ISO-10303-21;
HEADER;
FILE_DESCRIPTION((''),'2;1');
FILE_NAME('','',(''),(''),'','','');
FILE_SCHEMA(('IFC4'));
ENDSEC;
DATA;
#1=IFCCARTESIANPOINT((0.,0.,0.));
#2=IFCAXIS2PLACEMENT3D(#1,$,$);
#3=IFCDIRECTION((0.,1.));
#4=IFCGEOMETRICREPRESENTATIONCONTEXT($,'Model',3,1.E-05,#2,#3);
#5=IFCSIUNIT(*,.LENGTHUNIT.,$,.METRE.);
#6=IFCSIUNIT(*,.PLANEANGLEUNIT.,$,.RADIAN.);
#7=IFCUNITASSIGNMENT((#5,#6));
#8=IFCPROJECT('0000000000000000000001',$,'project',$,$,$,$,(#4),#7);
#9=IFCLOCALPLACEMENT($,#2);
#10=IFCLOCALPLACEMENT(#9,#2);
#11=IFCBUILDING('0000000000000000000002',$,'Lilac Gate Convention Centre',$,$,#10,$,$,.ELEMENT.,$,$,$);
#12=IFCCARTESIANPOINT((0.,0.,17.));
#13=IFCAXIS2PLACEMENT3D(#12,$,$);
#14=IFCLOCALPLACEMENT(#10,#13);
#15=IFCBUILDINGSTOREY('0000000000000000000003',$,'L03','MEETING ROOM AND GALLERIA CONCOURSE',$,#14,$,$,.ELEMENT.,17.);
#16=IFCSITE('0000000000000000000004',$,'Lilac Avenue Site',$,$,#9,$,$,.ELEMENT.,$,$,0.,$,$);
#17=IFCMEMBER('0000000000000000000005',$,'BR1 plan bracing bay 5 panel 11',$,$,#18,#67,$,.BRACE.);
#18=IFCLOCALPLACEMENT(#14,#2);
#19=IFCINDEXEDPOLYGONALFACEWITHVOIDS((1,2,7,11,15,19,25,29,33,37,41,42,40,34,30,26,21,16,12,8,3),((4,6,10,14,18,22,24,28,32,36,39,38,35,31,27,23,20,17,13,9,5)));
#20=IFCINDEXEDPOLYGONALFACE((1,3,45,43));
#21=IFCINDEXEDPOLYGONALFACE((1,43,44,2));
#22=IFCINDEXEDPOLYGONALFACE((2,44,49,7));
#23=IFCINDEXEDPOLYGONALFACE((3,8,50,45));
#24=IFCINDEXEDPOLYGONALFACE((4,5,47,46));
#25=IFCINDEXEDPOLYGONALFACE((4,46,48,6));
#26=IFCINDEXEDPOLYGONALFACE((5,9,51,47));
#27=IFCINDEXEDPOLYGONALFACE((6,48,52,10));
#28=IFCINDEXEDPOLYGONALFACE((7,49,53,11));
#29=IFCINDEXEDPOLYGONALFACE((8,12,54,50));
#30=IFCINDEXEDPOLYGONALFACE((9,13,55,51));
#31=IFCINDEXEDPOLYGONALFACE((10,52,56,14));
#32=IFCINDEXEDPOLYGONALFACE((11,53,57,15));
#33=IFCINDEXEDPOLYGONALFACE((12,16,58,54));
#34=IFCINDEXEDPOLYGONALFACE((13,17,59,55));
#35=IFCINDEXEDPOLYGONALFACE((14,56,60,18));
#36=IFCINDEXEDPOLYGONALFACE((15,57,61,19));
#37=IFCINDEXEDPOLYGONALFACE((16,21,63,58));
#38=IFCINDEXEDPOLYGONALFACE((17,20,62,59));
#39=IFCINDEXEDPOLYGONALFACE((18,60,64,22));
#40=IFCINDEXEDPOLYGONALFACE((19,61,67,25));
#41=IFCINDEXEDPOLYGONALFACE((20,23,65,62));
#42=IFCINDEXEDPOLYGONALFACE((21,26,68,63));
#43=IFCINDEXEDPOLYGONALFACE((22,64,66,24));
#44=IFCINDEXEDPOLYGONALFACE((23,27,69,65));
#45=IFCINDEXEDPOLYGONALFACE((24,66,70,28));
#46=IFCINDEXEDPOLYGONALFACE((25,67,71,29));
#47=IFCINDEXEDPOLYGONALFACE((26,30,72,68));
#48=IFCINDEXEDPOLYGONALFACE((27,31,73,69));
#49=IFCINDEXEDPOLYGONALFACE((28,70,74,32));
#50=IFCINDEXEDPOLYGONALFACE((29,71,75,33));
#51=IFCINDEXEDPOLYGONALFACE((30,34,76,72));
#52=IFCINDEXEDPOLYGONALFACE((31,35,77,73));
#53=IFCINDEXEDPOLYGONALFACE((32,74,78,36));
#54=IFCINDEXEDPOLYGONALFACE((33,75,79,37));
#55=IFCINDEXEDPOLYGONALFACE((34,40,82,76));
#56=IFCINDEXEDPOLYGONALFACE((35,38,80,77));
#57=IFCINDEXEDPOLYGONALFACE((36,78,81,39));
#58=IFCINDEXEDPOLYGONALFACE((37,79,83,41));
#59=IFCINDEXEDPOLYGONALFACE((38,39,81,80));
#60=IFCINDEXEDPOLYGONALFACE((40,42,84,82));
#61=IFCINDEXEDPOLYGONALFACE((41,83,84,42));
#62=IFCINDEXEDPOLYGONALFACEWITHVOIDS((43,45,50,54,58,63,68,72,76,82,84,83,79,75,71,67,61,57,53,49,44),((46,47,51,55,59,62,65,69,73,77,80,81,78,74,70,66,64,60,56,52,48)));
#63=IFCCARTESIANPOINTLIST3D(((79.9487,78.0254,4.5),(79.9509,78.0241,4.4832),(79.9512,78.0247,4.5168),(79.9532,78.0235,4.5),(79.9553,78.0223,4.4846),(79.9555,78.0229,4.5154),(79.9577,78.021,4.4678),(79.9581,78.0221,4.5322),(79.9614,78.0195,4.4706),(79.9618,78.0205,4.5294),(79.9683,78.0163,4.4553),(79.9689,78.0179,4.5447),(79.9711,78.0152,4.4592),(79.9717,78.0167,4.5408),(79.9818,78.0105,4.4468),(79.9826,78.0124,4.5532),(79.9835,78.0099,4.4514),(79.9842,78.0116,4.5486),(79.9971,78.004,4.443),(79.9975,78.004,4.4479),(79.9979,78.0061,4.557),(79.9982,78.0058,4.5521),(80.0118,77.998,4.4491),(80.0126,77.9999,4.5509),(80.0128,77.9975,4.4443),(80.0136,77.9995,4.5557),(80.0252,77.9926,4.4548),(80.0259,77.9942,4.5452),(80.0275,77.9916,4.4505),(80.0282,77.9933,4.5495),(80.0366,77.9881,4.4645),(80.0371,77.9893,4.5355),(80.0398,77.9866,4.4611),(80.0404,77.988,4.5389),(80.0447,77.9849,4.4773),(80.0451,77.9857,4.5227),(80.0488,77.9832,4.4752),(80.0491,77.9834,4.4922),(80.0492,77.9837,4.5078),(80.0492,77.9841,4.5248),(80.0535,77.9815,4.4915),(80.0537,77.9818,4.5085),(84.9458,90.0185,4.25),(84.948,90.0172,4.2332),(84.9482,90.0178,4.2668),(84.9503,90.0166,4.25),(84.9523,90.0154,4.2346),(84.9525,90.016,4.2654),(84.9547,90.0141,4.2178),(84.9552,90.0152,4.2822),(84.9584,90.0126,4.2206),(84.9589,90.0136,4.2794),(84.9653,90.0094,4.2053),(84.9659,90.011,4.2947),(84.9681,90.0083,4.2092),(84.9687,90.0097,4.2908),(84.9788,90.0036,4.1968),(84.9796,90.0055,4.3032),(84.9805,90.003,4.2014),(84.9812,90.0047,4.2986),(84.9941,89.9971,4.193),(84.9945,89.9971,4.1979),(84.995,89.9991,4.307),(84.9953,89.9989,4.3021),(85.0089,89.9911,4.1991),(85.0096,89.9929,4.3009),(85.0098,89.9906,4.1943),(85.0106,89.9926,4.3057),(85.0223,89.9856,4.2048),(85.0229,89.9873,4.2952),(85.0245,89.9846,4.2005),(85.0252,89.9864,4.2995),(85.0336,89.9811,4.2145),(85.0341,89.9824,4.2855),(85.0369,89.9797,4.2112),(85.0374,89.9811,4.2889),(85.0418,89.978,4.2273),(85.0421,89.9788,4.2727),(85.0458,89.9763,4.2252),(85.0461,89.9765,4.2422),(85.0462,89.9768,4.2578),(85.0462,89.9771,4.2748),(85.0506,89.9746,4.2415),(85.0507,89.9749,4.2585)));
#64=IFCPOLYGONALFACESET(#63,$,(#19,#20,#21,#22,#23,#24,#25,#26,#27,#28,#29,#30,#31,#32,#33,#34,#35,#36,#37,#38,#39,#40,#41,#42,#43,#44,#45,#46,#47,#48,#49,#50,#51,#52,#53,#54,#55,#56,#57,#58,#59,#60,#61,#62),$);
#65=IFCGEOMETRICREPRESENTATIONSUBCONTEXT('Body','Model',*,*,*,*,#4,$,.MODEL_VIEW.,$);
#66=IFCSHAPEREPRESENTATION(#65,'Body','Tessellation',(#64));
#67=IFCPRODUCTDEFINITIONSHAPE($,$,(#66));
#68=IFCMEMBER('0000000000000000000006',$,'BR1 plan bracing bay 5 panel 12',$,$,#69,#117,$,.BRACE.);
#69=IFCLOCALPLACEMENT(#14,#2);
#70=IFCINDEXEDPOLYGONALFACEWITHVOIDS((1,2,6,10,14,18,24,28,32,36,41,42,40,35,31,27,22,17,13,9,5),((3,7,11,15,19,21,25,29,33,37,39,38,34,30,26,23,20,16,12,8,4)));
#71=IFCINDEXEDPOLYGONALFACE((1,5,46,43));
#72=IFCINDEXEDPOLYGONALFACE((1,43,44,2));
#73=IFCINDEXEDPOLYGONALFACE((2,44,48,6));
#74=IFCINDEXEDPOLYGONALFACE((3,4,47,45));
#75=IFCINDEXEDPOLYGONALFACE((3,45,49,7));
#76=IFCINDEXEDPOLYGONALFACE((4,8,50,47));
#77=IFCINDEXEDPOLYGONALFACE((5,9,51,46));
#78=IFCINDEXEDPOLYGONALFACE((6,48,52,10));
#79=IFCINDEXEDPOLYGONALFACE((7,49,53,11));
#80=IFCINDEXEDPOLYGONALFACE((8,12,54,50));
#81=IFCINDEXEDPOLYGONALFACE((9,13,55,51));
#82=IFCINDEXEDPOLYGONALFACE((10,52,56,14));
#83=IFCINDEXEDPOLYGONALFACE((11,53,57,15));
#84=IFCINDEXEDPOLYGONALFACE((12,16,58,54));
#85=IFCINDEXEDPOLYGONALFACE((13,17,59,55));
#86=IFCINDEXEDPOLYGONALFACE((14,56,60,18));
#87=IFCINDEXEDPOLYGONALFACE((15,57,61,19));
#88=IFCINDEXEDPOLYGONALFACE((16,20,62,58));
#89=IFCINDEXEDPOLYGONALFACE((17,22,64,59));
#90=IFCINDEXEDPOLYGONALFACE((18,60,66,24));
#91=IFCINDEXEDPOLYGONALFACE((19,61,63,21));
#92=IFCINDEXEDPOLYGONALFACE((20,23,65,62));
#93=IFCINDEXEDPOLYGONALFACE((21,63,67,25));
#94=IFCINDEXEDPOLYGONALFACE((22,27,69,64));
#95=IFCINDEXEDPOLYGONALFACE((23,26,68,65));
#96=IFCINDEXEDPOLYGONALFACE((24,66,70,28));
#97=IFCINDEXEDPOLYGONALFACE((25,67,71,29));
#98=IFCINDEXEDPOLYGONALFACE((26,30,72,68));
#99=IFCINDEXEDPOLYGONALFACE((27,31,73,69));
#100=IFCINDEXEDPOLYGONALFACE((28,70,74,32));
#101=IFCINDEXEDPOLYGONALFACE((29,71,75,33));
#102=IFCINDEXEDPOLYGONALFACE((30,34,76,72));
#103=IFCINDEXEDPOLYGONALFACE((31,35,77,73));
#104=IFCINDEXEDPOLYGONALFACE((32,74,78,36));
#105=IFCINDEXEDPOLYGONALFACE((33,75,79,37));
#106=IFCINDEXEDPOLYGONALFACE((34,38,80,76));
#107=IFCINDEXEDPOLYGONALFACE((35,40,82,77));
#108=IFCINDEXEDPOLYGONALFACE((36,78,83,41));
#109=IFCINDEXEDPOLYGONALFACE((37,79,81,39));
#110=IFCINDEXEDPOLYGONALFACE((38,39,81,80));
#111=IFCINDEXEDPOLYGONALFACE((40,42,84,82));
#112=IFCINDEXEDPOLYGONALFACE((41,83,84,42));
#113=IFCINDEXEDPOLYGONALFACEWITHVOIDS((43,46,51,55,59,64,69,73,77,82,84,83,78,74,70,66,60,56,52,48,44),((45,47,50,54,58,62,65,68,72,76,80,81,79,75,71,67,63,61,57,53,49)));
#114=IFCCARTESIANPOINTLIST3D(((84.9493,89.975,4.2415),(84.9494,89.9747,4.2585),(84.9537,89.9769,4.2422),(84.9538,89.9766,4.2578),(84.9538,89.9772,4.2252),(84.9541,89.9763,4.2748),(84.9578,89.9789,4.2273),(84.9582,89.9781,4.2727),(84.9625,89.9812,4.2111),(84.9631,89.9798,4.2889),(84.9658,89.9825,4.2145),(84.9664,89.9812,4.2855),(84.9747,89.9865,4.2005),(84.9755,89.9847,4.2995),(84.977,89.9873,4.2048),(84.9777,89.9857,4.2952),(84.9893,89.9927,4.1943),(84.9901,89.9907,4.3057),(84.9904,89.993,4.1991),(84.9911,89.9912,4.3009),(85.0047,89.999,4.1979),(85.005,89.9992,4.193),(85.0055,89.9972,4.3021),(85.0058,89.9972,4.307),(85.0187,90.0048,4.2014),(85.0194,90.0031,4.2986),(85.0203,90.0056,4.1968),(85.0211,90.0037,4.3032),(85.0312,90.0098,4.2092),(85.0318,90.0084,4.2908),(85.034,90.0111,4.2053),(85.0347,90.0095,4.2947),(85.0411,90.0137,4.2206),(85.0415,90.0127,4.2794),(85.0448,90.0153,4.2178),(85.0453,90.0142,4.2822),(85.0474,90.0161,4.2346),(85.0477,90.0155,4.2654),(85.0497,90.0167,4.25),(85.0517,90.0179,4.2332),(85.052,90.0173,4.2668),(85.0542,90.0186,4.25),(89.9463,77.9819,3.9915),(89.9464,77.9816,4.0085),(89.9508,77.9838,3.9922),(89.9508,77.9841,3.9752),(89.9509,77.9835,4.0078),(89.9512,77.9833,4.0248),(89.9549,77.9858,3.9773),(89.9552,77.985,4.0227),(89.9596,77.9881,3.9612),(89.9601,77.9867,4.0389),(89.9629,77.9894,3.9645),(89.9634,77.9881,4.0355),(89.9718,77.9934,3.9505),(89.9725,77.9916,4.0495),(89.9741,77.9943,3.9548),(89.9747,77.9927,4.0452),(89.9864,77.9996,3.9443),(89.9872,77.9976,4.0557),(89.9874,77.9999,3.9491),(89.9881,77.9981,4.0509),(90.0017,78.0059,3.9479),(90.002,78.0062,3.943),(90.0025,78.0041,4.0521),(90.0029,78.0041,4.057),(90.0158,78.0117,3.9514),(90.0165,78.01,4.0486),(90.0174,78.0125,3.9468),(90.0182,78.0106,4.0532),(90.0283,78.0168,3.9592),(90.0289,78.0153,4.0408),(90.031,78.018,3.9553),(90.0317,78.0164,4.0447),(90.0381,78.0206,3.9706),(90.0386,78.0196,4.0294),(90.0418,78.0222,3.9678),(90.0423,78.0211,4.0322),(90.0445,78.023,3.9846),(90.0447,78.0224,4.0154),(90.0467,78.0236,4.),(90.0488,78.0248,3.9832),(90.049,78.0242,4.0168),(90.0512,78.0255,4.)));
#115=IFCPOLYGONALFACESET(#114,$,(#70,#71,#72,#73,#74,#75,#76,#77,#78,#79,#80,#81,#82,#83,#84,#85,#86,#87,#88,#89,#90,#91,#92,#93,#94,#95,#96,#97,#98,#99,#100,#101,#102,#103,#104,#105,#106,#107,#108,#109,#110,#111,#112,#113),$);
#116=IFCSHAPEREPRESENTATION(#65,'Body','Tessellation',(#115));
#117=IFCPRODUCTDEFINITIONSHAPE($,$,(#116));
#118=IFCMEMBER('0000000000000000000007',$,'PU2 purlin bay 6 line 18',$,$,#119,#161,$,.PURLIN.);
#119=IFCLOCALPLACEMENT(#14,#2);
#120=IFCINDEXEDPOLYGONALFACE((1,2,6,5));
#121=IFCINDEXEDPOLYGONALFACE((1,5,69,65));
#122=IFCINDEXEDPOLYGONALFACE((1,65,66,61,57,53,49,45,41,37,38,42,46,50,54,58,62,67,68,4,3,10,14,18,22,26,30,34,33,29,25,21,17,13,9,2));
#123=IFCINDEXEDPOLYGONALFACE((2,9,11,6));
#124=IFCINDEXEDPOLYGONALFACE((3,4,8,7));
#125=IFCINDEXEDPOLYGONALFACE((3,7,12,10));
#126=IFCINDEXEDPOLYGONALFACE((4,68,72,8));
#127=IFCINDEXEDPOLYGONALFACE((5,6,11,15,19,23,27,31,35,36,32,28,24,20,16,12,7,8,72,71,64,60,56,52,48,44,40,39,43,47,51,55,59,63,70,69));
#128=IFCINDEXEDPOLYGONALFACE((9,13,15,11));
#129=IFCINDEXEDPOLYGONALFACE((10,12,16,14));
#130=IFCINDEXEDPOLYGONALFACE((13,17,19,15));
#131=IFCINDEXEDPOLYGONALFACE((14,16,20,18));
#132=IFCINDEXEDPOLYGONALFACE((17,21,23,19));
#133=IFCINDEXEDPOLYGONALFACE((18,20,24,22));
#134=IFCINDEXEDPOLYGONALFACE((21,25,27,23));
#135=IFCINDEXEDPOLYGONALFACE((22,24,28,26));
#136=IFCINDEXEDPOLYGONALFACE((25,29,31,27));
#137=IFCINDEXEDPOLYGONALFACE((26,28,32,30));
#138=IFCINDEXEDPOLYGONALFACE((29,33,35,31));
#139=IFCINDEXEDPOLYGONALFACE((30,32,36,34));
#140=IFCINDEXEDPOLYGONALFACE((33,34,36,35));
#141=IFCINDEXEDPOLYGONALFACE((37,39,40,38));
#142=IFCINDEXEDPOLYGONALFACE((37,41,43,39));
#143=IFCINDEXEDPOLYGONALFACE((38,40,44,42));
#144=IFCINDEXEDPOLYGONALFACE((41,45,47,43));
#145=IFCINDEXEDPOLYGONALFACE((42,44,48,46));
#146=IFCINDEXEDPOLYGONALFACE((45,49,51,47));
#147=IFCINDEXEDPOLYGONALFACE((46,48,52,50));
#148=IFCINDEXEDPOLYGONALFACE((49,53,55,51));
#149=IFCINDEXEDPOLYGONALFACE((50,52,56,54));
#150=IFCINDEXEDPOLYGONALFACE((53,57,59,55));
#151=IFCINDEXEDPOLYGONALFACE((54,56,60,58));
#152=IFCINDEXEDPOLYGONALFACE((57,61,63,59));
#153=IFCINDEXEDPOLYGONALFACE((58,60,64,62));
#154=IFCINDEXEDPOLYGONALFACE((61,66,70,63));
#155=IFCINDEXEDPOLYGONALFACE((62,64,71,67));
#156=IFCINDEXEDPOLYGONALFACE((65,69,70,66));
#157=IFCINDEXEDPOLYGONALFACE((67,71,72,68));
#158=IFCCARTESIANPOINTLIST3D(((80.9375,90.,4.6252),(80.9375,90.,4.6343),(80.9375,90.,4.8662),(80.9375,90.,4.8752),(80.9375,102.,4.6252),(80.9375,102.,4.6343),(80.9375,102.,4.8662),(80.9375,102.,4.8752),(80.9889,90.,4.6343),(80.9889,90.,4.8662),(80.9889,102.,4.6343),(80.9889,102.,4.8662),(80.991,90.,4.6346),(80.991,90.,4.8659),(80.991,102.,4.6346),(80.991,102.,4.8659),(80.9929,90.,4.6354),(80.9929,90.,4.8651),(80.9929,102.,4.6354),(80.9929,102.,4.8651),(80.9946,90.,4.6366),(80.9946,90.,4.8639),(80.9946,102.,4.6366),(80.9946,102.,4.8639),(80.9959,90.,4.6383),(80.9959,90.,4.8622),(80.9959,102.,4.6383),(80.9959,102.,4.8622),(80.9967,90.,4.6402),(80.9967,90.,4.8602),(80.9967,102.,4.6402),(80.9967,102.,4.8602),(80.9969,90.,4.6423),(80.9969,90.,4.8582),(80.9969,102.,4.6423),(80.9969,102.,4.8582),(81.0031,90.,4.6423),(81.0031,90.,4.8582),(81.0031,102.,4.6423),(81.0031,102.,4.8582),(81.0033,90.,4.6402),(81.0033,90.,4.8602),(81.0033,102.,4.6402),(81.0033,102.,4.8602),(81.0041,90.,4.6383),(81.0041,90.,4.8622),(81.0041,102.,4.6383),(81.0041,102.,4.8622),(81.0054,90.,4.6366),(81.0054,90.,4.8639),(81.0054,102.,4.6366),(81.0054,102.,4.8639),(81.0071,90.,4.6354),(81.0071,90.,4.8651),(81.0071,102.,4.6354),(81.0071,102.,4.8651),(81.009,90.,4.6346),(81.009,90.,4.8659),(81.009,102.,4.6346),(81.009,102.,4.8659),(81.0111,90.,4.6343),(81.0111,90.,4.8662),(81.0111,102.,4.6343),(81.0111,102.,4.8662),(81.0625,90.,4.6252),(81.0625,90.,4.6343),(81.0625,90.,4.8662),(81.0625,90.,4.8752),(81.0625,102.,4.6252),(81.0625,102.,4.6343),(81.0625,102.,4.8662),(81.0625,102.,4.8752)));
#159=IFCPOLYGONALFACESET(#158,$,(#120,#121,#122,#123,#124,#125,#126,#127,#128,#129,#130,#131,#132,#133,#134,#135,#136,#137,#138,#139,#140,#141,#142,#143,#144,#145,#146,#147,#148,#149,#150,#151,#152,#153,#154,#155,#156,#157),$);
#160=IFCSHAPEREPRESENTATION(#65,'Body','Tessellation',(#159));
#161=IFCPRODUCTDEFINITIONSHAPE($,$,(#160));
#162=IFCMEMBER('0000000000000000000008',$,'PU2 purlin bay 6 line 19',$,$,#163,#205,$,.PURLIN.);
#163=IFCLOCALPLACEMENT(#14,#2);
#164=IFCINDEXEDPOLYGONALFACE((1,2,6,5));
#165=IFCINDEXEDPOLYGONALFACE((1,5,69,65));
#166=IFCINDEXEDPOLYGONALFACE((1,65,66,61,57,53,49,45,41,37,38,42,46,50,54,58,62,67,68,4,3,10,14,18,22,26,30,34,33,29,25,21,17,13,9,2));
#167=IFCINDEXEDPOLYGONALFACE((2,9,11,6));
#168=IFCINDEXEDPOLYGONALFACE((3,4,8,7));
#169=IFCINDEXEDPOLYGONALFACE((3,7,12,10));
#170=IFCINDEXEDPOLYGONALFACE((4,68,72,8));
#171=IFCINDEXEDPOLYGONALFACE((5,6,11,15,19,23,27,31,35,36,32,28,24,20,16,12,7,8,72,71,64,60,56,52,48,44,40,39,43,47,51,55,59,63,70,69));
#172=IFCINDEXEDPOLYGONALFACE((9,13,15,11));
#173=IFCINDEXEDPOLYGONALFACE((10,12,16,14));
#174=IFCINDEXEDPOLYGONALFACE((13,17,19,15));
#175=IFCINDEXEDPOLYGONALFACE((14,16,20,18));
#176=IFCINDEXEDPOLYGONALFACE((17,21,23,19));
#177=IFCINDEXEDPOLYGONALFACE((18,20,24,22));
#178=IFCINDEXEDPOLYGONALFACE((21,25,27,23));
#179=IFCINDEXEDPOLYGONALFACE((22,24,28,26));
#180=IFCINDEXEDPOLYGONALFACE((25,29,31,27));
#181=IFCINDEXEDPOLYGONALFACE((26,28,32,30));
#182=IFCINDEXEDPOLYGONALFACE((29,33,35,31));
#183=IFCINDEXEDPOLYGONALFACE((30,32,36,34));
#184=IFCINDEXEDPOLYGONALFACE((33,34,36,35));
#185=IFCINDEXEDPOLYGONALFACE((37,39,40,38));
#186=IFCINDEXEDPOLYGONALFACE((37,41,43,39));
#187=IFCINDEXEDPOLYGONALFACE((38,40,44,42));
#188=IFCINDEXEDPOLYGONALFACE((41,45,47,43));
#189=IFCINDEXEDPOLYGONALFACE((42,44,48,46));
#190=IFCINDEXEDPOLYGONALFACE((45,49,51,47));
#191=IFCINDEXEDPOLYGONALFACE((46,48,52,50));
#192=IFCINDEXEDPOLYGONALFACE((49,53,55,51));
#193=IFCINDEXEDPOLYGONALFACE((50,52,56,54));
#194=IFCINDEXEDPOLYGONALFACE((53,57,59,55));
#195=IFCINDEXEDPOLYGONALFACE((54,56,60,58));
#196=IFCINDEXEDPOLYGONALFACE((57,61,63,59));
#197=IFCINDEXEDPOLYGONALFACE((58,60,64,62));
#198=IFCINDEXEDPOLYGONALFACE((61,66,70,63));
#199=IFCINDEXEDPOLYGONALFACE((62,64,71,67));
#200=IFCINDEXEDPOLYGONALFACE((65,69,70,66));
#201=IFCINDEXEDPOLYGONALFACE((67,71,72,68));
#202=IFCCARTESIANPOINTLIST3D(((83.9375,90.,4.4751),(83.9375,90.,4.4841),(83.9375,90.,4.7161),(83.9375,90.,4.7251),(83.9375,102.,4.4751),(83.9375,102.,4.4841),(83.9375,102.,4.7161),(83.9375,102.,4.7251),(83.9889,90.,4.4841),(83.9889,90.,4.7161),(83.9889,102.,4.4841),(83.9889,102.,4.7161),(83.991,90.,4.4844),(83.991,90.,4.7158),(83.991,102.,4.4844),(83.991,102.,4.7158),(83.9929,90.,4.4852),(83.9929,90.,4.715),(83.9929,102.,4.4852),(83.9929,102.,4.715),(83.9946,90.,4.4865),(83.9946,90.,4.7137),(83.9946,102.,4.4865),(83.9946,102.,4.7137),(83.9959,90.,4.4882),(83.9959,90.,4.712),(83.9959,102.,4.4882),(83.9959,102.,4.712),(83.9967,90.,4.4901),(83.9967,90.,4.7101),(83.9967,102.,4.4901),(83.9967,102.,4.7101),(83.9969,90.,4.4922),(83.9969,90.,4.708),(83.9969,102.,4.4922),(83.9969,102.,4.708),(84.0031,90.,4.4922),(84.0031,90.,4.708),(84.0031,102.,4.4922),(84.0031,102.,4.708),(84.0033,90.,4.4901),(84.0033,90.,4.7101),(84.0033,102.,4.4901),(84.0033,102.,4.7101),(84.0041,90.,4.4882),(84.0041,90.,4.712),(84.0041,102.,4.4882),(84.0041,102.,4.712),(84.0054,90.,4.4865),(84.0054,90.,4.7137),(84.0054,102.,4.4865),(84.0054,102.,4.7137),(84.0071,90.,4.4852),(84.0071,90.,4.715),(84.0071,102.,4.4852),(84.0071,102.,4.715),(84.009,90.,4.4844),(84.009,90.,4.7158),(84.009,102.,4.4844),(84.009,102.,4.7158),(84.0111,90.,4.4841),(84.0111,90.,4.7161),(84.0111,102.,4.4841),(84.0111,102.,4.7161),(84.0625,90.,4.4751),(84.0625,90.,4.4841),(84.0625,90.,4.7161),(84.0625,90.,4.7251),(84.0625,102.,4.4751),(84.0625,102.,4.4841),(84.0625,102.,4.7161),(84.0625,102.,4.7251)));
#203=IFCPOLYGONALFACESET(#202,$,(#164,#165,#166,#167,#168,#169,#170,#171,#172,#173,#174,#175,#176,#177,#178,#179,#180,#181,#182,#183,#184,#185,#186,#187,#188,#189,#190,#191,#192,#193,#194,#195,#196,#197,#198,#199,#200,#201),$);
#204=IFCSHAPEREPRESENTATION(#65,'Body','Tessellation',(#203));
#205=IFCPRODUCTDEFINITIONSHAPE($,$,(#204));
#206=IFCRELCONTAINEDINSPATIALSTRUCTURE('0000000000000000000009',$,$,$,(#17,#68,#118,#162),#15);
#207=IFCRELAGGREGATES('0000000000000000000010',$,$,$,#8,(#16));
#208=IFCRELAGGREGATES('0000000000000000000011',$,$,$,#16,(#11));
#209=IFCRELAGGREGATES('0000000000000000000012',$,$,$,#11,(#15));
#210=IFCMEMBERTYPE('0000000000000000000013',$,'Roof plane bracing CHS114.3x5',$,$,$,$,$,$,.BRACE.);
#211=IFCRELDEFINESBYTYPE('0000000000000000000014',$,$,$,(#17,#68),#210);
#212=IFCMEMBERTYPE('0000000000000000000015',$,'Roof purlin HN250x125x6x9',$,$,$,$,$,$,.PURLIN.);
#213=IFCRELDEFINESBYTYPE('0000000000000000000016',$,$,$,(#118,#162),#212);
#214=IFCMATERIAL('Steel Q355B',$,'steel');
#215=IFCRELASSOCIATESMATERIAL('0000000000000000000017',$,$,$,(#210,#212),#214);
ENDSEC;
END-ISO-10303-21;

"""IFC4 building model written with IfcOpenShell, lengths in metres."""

from ifc_helpers import new_model, si_unit, direction, frame, origin, origin_2d, place, context, subcontext, project, spatial, hollow_circle, i_section, extrude, material, material_profile, profile_set, type_object, element, save


model = new_model("IFC4")

# Units and contexts
model_context = context("Model", 3, precision=1e-05, world=origin(), true_north=direction((0.0, 1.0)))
body_context = subcontext(model_context, "Body", "Model", "MODEL_VIEW")
ifc_project = project(units=[si_unit("LENGTHUNIT", "METRE"), si_unit("PLANEANGLEUNIT", "RADIAN")], contexts=[model_context])

# Site, building, storey
site_placement = place(None, origin())
site = spatial("IfcSite", under=ifc_project, at=site_placement, Name="Lilac Avenue Site", CompositionType="ELEMENT", RefElevation=0.0)
building_placement = place(site_placement, origin())
building = spatial("IfcBuilding", under=site, at=building_placement, Name="Lilac Gate Convention Centre", CompositionType="ELEMENT")
storey_placement = place(building_placement, frame((0.0, 0.0, 17.0)))
storey = spatial("IfcBuildingStorey", under=building, at=storey_placement, Name="L03", Description="MEETING ROOM AND GALLERIA CONCOURSE", CompositionType="ELEMENT", Elevation=17.0)

# Members
ifc_material = material(Name="Steel Q355B", Category="steel")
ifc_material_profile_1 = material_profile(ifc_material, hollow_circle(Radius=0.0571, WallThickness=0.0049, at=origin_2d()), Name="CHS114.3x5")
ifc_profile_set_1 = profile_set([ifc_material_profile_1], Name="Steel Q355B")
member_type_1 = type_object("IfcMemberType", Name="Roof plane bracing CHS114.3x5", PredefinedType="BRACE", material=ifc_profile_set_1)
for number, where, z_axis, x_axis, name in (
    (1, (80.0015, 78.0034, 4.5), (0.384539, 0.922908, -0.019238), (-0.923079, 0.38461, 0.0), "BR1 plan bracing bay 5 panel 11"),
    (2, (85.0015, 89.9966, 4.25), (0.384539, -0.922908, -0.019238), (0.923079, 0.38461, 0.0), "BR1 plan bracing bay 5 panel 12"),
):
    element("IfcMember", number, at=place(storey_placement, frame(where, z_axis=z_axis, x_axis=x_axis)), inside=storey, type_object=member_type_1, Name=name, PredefinedType="BRACE", context=body_context, shape_type="SweptSolid", body=[
        extrude(hollow_circle(Radius=0.0571, WallThickness=0.0049, at=origin_2d()), origin(), (0.0, 0.0, 1.0), 12.9949),
    ])
ifc_material_profile_2 = material_profile(ifc_material, i_section(OverallWidth=0.125, OverallDepth=0.25, WebThickness=0.0061, FlangeThickness=0.009, FilletRadius=0.0081, at=origin_2d()), Name="HN250x125x6x9")
ifc_profile_set_2 = profile_set([ifc_material_profile_2], Name="Steel Q355B")
member_type_2 = type_object("IfcMemberType", Name="Roof purlin HN250x125x6x9", PredefinedType="PURLIN", material=ifc_profile_set_2)
for number, where, z_axis, x_axis, name in (
    (3, (81.0, 90.0, 4.7502), (0.0, 1.0, 0.0), (-1.0, 0.0, 0.0), "PU2 purlin bay 6 line 18"),
    (4, (84.0, 90.0, 4.6001), (0.0, 1.0, 0.0), (-1.0, 0.0, 0.0), "PU2 purlin bay 6 line 19"),
):
    element("IfcMember", number, at=place(storey_placement, frame(where, z_axis=z_axis, x_axis=x_axis)), inside=storey, type_object=member_type_2, Name=name, PredefinedType="PURLIN", context=body_context, shape_type="SweptSolid", body=[
        extrude(i_section(OverallWidth=0.125, OverallDepth=0.25, WebThickness=0.0061, FlangeThickness=0.009, FilletRadius=0.0081, at=origin_2d()), origin(), (0.0, 0.0, 1.0), 12.0),
    ])

save(model, "model.ifc")
